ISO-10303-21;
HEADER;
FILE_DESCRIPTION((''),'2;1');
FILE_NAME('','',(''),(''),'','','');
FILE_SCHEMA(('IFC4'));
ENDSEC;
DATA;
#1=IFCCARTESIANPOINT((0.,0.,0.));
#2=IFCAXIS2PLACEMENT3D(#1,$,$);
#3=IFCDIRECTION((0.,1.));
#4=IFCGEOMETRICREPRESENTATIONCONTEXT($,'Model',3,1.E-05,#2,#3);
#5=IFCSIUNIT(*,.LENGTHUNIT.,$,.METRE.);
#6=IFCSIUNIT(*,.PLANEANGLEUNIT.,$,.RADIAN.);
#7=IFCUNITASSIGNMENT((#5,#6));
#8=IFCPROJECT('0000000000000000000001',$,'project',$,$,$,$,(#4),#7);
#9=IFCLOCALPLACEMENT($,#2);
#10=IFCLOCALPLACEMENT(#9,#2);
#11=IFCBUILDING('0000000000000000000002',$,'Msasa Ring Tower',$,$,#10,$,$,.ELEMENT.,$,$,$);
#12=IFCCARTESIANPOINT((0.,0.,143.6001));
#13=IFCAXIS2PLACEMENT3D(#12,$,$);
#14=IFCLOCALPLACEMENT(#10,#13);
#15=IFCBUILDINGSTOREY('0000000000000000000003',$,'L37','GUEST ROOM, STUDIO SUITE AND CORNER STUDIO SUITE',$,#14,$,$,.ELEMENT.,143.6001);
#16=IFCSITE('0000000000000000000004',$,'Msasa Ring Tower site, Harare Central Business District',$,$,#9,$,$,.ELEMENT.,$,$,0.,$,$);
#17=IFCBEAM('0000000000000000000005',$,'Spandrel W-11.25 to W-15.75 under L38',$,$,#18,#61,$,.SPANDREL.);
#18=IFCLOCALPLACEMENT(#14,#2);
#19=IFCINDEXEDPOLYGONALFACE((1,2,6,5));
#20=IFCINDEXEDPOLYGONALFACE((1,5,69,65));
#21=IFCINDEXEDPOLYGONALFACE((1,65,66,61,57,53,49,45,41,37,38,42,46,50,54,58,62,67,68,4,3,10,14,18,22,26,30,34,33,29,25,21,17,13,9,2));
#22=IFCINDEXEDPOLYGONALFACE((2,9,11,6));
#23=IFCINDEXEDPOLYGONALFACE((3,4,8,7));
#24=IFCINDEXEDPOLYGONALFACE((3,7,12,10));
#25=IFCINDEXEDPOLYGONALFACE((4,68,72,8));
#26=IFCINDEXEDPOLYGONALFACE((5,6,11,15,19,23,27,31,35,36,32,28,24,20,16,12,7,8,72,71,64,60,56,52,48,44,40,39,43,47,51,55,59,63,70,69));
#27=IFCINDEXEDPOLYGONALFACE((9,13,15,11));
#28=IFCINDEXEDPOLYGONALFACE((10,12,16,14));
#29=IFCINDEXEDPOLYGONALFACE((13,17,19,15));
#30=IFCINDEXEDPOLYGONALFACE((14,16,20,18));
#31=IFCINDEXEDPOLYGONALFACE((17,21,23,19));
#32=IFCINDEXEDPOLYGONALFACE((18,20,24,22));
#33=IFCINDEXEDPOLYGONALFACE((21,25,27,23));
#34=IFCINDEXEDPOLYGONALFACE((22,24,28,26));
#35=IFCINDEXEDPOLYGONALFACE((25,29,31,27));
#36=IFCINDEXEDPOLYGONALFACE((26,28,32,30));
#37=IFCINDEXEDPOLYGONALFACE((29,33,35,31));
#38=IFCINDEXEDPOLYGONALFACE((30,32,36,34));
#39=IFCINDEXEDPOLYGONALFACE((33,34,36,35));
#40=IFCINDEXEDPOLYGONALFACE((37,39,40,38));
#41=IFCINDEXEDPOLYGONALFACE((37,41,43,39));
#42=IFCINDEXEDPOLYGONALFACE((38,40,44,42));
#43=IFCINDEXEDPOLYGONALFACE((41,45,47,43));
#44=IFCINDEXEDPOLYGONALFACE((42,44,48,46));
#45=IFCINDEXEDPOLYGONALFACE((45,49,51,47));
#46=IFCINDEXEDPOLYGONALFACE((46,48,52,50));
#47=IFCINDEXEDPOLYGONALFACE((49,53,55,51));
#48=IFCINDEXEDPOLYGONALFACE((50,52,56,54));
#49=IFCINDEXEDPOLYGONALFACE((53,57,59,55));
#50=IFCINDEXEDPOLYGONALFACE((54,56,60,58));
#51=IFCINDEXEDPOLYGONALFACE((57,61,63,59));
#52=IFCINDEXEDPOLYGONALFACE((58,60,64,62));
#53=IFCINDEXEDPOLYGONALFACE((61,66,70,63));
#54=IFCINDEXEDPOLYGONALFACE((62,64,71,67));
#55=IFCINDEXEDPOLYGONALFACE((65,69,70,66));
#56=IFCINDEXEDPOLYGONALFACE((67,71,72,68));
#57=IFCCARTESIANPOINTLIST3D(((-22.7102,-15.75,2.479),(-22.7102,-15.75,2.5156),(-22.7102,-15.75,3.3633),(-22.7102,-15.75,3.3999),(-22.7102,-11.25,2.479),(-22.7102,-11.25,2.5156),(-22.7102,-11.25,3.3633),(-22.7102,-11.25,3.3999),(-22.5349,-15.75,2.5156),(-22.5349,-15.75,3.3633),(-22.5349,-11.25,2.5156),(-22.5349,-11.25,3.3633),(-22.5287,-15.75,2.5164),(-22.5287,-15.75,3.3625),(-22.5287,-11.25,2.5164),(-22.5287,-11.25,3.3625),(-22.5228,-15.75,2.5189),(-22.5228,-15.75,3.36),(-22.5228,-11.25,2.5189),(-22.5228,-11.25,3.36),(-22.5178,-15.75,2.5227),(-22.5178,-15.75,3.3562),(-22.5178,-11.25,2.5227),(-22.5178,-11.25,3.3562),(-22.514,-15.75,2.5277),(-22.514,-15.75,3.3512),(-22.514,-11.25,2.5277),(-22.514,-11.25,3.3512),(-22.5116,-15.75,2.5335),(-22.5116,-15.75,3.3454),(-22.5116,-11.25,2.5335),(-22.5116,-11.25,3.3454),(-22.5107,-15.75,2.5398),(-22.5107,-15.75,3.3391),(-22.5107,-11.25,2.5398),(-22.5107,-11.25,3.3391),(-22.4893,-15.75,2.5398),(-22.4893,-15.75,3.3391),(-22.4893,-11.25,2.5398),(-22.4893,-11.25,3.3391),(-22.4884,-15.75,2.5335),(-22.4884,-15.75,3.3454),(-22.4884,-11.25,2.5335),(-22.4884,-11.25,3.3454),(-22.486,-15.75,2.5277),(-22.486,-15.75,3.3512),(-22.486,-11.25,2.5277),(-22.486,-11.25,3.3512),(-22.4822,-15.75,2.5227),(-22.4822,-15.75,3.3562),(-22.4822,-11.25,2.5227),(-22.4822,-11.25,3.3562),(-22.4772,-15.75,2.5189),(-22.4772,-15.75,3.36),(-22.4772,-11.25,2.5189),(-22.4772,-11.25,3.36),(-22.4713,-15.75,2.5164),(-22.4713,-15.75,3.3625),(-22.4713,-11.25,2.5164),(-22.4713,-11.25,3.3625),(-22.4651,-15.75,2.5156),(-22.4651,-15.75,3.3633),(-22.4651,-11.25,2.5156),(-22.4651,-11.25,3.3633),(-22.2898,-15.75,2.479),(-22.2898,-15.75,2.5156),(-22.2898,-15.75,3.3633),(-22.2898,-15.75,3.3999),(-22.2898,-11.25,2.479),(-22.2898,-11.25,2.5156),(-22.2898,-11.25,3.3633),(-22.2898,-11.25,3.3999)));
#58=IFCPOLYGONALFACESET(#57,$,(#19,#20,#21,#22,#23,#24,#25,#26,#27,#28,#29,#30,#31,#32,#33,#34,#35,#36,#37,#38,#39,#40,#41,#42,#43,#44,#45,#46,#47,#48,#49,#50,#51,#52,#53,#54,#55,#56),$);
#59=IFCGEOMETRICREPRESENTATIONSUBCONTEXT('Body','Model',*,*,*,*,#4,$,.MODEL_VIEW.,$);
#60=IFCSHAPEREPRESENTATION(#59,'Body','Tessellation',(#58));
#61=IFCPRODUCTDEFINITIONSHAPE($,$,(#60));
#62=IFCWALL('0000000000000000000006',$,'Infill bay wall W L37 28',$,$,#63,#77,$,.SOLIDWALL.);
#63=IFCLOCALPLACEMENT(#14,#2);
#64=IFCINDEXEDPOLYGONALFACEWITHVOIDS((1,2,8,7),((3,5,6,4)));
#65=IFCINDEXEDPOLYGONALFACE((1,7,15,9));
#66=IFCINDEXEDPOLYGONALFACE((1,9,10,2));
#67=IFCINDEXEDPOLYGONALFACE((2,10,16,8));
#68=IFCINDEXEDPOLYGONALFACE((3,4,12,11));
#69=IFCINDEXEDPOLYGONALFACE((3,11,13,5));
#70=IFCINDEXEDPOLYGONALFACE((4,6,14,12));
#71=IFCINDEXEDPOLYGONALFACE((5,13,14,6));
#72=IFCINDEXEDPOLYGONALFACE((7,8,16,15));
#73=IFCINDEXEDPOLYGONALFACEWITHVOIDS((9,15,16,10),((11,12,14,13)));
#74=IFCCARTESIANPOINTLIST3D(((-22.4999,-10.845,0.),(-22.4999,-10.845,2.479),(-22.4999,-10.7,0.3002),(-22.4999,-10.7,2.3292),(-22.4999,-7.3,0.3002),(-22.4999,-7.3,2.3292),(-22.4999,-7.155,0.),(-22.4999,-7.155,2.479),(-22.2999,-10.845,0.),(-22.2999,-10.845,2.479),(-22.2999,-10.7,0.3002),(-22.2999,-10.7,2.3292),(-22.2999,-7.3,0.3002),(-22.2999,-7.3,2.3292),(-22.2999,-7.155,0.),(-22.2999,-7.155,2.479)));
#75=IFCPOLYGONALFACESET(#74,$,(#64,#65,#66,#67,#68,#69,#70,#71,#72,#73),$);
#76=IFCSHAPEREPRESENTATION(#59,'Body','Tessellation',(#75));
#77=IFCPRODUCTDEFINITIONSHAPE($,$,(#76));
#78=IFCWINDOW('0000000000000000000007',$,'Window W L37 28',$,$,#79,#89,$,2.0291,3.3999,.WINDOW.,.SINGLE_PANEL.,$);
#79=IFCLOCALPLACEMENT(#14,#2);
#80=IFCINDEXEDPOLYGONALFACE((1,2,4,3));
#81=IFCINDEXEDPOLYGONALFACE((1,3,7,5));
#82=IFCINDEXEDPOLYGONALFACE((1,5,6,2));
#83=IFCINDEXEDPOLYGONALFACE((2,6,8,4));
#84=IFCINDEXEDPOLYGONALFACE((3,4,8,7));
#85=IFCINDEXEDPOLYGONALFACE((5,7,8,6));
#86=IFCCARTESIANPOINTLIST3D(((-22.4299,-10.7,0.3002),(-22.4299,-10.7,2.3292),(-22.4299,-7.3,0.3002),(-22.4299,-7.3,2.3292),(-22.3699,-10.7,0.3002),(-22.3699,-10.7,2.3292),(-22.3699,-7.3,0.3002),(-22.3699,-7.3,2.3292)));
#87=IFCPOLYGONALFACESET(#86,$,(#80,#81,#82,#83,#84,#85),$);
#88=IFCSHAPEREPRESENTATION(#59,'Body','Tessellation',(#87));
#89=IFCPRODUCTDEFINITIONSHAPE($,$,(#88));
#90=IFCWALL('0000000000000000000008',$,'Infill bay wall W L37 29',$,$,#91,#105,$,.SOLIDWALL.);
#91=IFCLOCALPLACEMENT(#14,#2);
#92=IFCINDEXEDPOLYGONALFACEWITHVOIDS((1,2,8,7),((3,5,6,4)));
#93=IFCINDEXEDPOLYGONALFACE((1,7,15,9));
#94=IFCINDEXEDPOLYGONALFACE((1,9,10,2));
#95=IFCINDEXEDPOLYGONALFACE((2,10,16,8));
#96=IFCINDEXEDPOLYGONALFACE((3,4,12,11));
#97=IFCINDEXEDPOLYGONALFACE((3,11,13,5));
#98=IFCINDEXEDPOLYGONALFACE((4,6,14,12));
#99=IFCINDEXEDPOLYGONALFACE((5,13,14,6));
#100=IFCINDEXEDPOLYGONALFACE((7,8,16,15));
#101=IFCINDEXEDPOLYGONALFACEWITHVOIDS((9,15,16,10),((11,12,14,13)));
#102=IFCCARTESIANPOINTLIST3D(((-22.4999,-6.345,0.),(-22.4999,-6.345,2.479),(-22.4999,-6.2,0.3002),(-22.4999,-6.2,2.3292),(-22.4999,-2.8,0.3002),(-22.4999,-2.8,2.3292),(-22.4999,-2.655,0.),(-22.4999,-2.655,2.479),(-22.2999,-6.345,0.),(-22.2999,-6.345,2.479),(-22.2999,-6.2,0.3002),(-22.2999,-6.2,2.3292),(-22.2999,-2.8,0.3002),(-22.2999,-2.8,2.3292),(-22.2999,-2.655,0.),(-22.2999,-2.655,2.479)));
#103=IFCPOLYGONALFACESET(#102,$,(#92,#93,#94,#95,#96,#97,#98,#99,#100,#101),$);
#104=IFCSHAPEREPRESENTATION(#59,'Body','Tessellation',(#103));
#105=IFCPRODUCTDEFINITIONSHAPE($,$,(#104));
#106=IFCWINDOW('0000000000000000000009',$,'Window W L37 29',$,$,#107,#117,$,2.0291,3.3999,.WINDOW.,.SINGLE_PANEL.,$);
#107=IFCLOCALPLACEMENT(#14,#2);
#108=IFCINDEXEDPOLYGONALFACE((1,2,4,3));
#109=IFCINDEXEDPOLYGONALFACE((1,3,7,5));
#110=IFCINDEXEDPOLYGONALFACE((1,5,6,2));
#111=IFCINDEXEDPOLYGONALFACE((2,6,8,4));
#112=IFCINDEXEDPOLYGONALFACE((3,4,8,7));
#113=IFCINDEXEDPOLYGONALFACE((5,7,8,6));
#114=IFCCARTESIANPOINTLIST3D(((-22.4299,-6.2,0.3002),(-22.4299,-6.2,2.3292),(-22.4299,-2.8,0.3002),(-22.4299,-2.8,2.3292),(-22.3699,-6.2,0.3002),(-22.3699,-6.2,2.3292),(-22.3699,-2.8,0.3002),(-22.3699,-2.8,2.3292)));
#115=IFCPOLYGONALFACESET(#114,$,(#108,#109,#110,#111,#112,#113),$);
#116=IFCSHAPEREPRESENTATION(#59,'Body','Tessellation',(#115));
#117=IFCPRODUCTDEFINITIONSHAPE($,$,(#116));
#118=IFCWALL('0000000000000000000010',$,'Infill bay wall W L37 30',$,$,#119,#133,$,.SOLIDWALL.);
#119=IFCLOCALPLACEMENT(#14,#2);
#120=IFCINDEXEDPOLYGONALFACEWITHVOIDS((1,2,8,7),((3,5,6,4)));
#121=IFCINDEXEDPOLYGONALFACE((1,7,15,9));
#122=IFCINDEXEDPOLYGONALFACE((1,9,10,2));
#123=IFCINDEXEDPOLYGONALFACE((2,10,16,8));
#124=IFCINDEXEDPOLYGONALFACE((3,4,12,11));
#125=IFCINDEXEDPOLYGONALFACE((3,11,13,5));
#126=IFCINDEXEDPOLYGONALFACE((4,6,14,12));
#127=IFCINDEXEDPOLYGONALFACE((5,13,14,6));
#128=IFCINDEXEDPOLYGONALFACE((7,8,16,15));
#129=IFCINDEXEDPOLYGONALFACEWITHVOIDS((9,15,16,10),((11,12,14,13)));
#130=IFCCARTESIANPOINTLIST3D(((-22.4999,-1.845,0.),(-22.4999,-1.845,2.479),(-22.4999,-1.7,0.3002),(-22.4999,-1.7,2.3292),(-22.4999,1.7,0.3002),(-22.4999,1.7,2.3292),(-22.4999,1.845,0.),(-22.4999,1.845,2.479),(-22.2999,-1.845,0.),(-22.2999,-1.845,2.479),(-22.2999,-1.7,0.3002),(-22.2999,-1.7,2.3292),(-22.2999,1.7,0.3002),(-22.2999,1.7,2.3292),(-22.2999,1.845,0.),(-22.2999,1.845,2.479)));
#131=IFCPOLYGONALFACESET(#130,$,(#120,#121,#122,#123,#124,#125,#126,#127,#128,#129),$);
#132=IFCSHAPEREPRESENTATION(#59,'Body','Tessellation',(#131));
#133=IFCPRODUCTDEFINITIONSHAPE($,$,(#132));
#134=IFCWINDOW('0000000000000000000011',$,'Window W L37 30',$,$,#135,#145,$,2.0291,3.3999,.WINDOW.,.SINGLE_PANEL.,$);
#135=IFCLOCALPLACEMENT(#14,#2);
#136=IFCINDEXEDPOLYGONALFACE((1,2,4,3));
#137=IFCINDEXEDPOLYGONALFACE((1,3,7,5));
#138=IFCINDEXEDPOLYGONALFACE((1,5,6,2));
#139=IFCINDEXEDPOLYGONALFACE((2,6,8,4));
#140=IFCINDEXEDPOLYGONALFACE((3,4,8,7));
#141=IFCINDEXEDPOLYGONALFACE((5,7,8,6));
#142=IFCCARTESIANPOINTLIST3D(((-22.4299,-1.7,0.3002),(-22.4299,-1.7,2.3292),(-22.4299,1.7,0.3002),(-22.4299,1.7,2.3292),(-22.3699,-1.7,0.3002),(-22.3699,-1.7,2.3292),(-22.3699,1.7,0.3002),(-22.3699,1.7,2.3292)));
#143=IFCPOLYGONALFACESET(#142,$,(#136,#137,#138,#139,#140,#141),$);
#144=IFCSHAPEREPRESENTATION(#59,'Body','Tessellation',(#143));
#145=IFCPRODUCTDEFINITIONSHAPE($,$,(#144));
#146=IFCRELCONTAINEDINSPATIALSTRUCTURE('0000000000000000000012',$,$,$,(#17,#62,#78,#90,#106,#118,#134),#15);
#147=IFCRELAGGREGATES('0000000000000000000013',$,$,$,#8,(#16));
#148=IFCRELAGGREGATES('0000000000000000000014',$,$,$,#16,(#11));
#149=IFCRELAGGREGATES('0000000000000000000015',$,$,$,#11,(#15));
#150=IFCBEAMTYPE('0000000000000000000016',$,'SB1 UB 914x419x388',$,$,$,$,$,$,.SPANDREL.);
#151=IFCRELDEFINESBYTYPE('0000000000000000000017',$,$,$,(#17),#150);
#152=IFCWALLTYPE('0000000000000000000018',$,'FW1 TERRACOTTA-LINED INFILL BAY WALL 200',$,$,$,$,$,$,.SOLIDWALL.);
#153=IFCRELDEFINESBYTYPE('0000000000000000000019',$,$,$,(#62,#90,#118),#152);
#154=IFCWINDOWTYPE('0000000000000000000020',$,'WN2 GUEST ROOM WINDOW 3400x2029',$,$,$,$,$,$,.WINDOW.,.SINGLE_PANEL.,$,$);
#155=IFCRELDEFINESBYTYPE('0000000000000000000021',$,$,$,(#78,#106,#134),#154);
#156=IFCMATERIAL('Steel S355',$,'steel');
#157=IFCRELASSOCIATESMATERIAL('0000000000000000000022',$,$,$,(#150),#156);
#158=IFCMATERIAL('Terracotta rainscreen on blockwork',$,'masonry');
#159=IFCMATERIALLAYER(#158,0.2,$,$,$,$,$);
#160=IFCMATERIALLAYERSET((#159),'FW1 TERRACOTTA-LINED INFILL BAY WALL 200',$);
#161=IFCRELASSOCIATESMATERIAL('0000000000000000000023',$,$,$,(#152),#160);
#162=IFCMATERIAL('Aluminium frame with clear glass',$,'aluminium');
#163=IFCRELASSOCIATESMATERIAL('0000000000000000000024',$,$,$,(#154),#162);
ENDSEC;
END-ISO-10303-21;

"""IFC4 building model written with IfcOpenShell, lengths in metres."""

from ifc_helpers import new_model, si_unit, direction, frame, frame_2d, origin, origin_2d, place, context, subcontext, project, spatial, rectangle, i_section, extrude, material, layer, layer_set, material_profile, profile_set, type_object, element, fill, save


model = new_model("IFC4")

# Units and contexts
model_context = context("Model", 3, precision=1e-05, world=origin(), true_north=direction((0.0, 1.0)))
body_context = subcontext(model_context, "Body", "Model", "MODEL_VIEW")
ifc_project = project(units=[si_unit("LENGTHUNIT", "METRE"), si_unit("PLANEANGLEUNIT", "RADIAN")], contexts=[model_context])

# Site, building, storey
site_placement = place(None, origin())
site = spatial("IfcSite", under=ifc_project, at=site_placement, Name="Msasa Ring Tower site, Harare Central Business District", CompositionType="ELEMENT", RefElevation=0.0)
building_placement = place(site_placement, origin())
building = spatial("IfcBuilding", under=site, at=building_placement, Name="Msasa Ring Tower", CompositionType="ELEMENT")
storey_placement = place(building_placement, frame((0.0, 0.0, 143.6001)))
storey = spatial("IfcBuildingStorey", under=building, at=storey_placement, Name="L37", Description="GUEST ROOM, STUDIO SUITE AND CORNER STUDIO SUITE", CompositionType="ELEMENT", Elevation=143.6001)

# Beam
ifc_material_1 = material(Name="Steel S355", Category="steel")
ifc_material_profile_1 = material_profile(ifc_material_1, i_section(OverallWidth=0.4204, OverallDepth=0.9209, WebThickness=0.0215, FlangeThickness=0.0366, FilletRadius=0.0242, at=origin_2d()), Name="UB 914x419x388")
ifc_profile_set_1 = profile_set([ifc_material_profile_1], Name="Steel S355")
beam_type_1 = type_object("IfcBeamType", Name="SB1 UB 914x419x388", PredefinedType="SPANDREL", material=ifc_profile_set_1)
for number, where, z_axis, x_axis, name in (
    (1, (-22.5, -11.25, 2.9395), (0.0, -1.0, 0.0), (1.0, 0.0, 0.0), "Spandrel W-11.25 to W-15.75 under L38"),
):
    element("IfcBeam", number, at=place(storey_placement, frame(where, z_axis=z_axis, x_axis=x_axis)), inside=storey, type_object=beam_type_1, Name=name, PredefinedType="SPANDREL", context=body_context, shape_type="SweptSolid", body=[
        extrude(i_section(OverallWidth=0.4204, OverallDepth=0.9209, WebThickness=0.0215, FlangeThickness=0.0366, FilletRadius=0.0242, at=origin_2d()), origin(), (0.0, 0.0, 1.0), 4.5),
    ])

# Walls, openings, windows
ifc_material_2 = material(Name="Terracotta rainscreen on blockwork", Category="masonry")
ifc_layer_1 = layer(ifc_material_2, 0.2)
ifc_layer_set_1 = layer_set([ifc_layer_1], Name="FW1 TERRACOTTA-LINED INFILL BAY WALL 200")
wall_type_1 = type_object("IfcWallType", Name="FW1 TERRACOTTA-LINED INFILL BAY WALL 200", PredefinedType="SOLIDWALL", material=ifc_layer_set_1)
wall_1_placement = place(storey_placement, frame((-22.3999, -10.845, 0.0), z_axis=(0.0, 0.0, 1.0), x_axis=(0.0, 1.0, 0.0)))
wall_1 = element("IfcWall", 2, at=wall_1_placement, inside=storey, type_object=wall_type_1, Name="Infill bay wall W L37 28", PredefinedType="SOLIDWALL", context=body_context, shape_type="SweptSolid", body=[
    extrude(rectangle(XDim=3.6899, YDim=0.2, at=frame_2d((1.845, 0.0))), origin(), (0.0, 0.0, 1.0), 2.479),
])
opening_1_placement = place(wall_1_placement, frame((0.145, 0.0, 0.3)))
opening_1 = element("IfcOpeningElement", 3, at=opening_1_placement, cuts=wall_1, PredefinedType="OPENING", context=body_context, shape_type="SweptSolid", body=[
    extrude(rectangle(XDim=3.3999, YDim=2.0291, at=frame_2d((1.7, 1.0146))), frame((0.0, 0.1099, 0.0), z_axis=(0.0, -1.0, 0.0), x_axis=(1.0, 0.0, 0.0)), (0.0, 0.0, 1.0), 0.22),
])
ifc_material_3 = material(Name="Aluminium frame with clear glass", Category="aluminium")
window_type = type_object("IfcWindowType", Name="WN2 GUEST ROOM WINDOW 3400x2029", PartitioningType="SINGLE_PANEL", PredefinedType="WINDOW", material=ifc_material_3)
window_1_placement = place(opening_1_placement, origin())
window_1 = element("IfcWindow", 4, at=window_1_placement, inside=storey, type_object=window_type, Name="Window W L37 28", OverallHeight=2.0291, OverallWidth=3.3999, PartitioningType="SINGLE_PANEL", PredefinedType="WINDOW", context=body_context, shape_type="SweptSolid", body=[
    extrude(rectangle(XDim=3.3999, YDim=2.0291, at=frame_2d((1.7, 1.0146))), frame((0.0, 0.03, 0.0), z_axis=(0.0, -1.0, 0.0), x_axis=(1.0, 0.0, 0.0)), (0.0, 0.0, 1.0), 0.0601),
])
fill(opening_1, window_1)
wall_2_placement = place(storey_placement, frame((-22.3999, -6.345, 0.0), z_axis=(0.0, 0.0, 1.0), x_axis=(0.0, 1.0, 0.0)))
wall_2 = element("IfcWall", 5, at=wall_2_placement, inside=storey, type_object=wall_type_1, Name="Infill bay wall W L37 29", PredefinedType="SOLIDWALL", context=body_context, shape_type="SweptSolid", body=[
    extrude(rectangle(XDim=3.6899, YDim=0.2, at=frame_2d((1.845, 0.0))), origin(), (0.0, 0.0, 1.0), 2.479),
])
opening_2_placement = place(wall_2_placement, frame((0.145, 0.0, 0.3)))
opening_2 = element("IfcOpeningElement", 6, at=opening_2_placement, cuts=wall_2, PredefinedType="OPENING", context=body_context, shape_type="SweptSolid", body=[
    extrude(rectangle(XDim=3.3999, YDim=2.0291, at=frame_2d((1.7, 1.0146))), frame((0.0, 0.1099, 0.0), z_axis=(0.0, -1.0, 0.0), x_axis=(1.0, 0.0, 0.0)), (0.0, 0.0, 1.0), 0.22),
])
window_2_placement = place(opening_2_placement, origin())
window_2 = element("IfcWindow", 7, at=window_2_placement, inside=storey, type_object=window_type, Name="Window W L37 29", OverallHeight=2.0291, OverallWidth=3.3999, PartitioningType="SINGLE_PANEL", PredefinedType="WINDOW", context=body_context, shape_type="SweptSolid", body=[
    extrude(rectangle(XDim=3.3999, YDim=2.0291, at=frame_2d((1.7, 1.0146))), frame((0.0, 0.03, 0.0), z_axis=(0.0, -1.0, 0.0), x_axis=(1.0, 0.0, 0.0)), (0.0, 0.0, 1.0), 0.0601),
])
fill(opening_2, window_2)
wall_3_placement = place(storey_placement, frame((-22.3999, -1.845, 0.0), z_axis=(0.0, 0.0, 1.0), x_axis=(0.0, 1.0, 0.0)))
wall_3 = element("IfcWall", 8, at=wall_3_placement, inside=storey, type_object=wall_type_1, Name="Infill bay wall W L37 30", PredefinedType="SOLIDWALL", context=body_context, shape_type="SweptSolid", body=[
    extrude(rectangle(XDim=3.6899, YDim=0.2, at=frame_2d((1.845, 0.0))), origin(), (0.0, 0.0, 1.0), 2.479),
])
opening_3_placement = place(wall_3_placement, frame((0.145, 0.0, 0.3)))
opening_3 = element("IfcOpeningElement", 9, at=opening_3_placement, cuts=wall_3, PredefinedType="OPENING", context=body_context, shape_type="SweptSolid", body=[
    extrude(rectangle(XDim=3.3999, YDim=2.0291, at=frame_2d((1.7, 1.0146))), frame((0.0, 0.1099, 0.0), z_axis=(0.0, -1.0, 0.0), x_axis=(1.0, 0.0, 0.0)), (0.0, 0.0, 1.0), 0.22),
])
window_3_placement = place(opening_3_placement, origin())
window_3 = element("IfcWindow", 10, at=window_3_placement, inside=storey, type_object=window_type, Name="Window W L37 30", OverallHeight=2.0291, OverallWidth=3.3999, PartitioningType="SINGLE_PANEL", PredefinedType="WINDOW", context=body_context, shape_type="SweptSolid", body=[
    extrude(rectangle(XDim=3.3999, YDim=2.0291, at=frame_2d((1.7, 1.0146))), frame((0.0, 0.03, 0.0), z_axis=(0.0, -1.0, 0.0), x_axis=(1.0, 0.0, 0.0)), (0.0, 0.0, 1.0), 0.0601),
])
fill(opening_3, window_3)

save(model, "model.ifc")
